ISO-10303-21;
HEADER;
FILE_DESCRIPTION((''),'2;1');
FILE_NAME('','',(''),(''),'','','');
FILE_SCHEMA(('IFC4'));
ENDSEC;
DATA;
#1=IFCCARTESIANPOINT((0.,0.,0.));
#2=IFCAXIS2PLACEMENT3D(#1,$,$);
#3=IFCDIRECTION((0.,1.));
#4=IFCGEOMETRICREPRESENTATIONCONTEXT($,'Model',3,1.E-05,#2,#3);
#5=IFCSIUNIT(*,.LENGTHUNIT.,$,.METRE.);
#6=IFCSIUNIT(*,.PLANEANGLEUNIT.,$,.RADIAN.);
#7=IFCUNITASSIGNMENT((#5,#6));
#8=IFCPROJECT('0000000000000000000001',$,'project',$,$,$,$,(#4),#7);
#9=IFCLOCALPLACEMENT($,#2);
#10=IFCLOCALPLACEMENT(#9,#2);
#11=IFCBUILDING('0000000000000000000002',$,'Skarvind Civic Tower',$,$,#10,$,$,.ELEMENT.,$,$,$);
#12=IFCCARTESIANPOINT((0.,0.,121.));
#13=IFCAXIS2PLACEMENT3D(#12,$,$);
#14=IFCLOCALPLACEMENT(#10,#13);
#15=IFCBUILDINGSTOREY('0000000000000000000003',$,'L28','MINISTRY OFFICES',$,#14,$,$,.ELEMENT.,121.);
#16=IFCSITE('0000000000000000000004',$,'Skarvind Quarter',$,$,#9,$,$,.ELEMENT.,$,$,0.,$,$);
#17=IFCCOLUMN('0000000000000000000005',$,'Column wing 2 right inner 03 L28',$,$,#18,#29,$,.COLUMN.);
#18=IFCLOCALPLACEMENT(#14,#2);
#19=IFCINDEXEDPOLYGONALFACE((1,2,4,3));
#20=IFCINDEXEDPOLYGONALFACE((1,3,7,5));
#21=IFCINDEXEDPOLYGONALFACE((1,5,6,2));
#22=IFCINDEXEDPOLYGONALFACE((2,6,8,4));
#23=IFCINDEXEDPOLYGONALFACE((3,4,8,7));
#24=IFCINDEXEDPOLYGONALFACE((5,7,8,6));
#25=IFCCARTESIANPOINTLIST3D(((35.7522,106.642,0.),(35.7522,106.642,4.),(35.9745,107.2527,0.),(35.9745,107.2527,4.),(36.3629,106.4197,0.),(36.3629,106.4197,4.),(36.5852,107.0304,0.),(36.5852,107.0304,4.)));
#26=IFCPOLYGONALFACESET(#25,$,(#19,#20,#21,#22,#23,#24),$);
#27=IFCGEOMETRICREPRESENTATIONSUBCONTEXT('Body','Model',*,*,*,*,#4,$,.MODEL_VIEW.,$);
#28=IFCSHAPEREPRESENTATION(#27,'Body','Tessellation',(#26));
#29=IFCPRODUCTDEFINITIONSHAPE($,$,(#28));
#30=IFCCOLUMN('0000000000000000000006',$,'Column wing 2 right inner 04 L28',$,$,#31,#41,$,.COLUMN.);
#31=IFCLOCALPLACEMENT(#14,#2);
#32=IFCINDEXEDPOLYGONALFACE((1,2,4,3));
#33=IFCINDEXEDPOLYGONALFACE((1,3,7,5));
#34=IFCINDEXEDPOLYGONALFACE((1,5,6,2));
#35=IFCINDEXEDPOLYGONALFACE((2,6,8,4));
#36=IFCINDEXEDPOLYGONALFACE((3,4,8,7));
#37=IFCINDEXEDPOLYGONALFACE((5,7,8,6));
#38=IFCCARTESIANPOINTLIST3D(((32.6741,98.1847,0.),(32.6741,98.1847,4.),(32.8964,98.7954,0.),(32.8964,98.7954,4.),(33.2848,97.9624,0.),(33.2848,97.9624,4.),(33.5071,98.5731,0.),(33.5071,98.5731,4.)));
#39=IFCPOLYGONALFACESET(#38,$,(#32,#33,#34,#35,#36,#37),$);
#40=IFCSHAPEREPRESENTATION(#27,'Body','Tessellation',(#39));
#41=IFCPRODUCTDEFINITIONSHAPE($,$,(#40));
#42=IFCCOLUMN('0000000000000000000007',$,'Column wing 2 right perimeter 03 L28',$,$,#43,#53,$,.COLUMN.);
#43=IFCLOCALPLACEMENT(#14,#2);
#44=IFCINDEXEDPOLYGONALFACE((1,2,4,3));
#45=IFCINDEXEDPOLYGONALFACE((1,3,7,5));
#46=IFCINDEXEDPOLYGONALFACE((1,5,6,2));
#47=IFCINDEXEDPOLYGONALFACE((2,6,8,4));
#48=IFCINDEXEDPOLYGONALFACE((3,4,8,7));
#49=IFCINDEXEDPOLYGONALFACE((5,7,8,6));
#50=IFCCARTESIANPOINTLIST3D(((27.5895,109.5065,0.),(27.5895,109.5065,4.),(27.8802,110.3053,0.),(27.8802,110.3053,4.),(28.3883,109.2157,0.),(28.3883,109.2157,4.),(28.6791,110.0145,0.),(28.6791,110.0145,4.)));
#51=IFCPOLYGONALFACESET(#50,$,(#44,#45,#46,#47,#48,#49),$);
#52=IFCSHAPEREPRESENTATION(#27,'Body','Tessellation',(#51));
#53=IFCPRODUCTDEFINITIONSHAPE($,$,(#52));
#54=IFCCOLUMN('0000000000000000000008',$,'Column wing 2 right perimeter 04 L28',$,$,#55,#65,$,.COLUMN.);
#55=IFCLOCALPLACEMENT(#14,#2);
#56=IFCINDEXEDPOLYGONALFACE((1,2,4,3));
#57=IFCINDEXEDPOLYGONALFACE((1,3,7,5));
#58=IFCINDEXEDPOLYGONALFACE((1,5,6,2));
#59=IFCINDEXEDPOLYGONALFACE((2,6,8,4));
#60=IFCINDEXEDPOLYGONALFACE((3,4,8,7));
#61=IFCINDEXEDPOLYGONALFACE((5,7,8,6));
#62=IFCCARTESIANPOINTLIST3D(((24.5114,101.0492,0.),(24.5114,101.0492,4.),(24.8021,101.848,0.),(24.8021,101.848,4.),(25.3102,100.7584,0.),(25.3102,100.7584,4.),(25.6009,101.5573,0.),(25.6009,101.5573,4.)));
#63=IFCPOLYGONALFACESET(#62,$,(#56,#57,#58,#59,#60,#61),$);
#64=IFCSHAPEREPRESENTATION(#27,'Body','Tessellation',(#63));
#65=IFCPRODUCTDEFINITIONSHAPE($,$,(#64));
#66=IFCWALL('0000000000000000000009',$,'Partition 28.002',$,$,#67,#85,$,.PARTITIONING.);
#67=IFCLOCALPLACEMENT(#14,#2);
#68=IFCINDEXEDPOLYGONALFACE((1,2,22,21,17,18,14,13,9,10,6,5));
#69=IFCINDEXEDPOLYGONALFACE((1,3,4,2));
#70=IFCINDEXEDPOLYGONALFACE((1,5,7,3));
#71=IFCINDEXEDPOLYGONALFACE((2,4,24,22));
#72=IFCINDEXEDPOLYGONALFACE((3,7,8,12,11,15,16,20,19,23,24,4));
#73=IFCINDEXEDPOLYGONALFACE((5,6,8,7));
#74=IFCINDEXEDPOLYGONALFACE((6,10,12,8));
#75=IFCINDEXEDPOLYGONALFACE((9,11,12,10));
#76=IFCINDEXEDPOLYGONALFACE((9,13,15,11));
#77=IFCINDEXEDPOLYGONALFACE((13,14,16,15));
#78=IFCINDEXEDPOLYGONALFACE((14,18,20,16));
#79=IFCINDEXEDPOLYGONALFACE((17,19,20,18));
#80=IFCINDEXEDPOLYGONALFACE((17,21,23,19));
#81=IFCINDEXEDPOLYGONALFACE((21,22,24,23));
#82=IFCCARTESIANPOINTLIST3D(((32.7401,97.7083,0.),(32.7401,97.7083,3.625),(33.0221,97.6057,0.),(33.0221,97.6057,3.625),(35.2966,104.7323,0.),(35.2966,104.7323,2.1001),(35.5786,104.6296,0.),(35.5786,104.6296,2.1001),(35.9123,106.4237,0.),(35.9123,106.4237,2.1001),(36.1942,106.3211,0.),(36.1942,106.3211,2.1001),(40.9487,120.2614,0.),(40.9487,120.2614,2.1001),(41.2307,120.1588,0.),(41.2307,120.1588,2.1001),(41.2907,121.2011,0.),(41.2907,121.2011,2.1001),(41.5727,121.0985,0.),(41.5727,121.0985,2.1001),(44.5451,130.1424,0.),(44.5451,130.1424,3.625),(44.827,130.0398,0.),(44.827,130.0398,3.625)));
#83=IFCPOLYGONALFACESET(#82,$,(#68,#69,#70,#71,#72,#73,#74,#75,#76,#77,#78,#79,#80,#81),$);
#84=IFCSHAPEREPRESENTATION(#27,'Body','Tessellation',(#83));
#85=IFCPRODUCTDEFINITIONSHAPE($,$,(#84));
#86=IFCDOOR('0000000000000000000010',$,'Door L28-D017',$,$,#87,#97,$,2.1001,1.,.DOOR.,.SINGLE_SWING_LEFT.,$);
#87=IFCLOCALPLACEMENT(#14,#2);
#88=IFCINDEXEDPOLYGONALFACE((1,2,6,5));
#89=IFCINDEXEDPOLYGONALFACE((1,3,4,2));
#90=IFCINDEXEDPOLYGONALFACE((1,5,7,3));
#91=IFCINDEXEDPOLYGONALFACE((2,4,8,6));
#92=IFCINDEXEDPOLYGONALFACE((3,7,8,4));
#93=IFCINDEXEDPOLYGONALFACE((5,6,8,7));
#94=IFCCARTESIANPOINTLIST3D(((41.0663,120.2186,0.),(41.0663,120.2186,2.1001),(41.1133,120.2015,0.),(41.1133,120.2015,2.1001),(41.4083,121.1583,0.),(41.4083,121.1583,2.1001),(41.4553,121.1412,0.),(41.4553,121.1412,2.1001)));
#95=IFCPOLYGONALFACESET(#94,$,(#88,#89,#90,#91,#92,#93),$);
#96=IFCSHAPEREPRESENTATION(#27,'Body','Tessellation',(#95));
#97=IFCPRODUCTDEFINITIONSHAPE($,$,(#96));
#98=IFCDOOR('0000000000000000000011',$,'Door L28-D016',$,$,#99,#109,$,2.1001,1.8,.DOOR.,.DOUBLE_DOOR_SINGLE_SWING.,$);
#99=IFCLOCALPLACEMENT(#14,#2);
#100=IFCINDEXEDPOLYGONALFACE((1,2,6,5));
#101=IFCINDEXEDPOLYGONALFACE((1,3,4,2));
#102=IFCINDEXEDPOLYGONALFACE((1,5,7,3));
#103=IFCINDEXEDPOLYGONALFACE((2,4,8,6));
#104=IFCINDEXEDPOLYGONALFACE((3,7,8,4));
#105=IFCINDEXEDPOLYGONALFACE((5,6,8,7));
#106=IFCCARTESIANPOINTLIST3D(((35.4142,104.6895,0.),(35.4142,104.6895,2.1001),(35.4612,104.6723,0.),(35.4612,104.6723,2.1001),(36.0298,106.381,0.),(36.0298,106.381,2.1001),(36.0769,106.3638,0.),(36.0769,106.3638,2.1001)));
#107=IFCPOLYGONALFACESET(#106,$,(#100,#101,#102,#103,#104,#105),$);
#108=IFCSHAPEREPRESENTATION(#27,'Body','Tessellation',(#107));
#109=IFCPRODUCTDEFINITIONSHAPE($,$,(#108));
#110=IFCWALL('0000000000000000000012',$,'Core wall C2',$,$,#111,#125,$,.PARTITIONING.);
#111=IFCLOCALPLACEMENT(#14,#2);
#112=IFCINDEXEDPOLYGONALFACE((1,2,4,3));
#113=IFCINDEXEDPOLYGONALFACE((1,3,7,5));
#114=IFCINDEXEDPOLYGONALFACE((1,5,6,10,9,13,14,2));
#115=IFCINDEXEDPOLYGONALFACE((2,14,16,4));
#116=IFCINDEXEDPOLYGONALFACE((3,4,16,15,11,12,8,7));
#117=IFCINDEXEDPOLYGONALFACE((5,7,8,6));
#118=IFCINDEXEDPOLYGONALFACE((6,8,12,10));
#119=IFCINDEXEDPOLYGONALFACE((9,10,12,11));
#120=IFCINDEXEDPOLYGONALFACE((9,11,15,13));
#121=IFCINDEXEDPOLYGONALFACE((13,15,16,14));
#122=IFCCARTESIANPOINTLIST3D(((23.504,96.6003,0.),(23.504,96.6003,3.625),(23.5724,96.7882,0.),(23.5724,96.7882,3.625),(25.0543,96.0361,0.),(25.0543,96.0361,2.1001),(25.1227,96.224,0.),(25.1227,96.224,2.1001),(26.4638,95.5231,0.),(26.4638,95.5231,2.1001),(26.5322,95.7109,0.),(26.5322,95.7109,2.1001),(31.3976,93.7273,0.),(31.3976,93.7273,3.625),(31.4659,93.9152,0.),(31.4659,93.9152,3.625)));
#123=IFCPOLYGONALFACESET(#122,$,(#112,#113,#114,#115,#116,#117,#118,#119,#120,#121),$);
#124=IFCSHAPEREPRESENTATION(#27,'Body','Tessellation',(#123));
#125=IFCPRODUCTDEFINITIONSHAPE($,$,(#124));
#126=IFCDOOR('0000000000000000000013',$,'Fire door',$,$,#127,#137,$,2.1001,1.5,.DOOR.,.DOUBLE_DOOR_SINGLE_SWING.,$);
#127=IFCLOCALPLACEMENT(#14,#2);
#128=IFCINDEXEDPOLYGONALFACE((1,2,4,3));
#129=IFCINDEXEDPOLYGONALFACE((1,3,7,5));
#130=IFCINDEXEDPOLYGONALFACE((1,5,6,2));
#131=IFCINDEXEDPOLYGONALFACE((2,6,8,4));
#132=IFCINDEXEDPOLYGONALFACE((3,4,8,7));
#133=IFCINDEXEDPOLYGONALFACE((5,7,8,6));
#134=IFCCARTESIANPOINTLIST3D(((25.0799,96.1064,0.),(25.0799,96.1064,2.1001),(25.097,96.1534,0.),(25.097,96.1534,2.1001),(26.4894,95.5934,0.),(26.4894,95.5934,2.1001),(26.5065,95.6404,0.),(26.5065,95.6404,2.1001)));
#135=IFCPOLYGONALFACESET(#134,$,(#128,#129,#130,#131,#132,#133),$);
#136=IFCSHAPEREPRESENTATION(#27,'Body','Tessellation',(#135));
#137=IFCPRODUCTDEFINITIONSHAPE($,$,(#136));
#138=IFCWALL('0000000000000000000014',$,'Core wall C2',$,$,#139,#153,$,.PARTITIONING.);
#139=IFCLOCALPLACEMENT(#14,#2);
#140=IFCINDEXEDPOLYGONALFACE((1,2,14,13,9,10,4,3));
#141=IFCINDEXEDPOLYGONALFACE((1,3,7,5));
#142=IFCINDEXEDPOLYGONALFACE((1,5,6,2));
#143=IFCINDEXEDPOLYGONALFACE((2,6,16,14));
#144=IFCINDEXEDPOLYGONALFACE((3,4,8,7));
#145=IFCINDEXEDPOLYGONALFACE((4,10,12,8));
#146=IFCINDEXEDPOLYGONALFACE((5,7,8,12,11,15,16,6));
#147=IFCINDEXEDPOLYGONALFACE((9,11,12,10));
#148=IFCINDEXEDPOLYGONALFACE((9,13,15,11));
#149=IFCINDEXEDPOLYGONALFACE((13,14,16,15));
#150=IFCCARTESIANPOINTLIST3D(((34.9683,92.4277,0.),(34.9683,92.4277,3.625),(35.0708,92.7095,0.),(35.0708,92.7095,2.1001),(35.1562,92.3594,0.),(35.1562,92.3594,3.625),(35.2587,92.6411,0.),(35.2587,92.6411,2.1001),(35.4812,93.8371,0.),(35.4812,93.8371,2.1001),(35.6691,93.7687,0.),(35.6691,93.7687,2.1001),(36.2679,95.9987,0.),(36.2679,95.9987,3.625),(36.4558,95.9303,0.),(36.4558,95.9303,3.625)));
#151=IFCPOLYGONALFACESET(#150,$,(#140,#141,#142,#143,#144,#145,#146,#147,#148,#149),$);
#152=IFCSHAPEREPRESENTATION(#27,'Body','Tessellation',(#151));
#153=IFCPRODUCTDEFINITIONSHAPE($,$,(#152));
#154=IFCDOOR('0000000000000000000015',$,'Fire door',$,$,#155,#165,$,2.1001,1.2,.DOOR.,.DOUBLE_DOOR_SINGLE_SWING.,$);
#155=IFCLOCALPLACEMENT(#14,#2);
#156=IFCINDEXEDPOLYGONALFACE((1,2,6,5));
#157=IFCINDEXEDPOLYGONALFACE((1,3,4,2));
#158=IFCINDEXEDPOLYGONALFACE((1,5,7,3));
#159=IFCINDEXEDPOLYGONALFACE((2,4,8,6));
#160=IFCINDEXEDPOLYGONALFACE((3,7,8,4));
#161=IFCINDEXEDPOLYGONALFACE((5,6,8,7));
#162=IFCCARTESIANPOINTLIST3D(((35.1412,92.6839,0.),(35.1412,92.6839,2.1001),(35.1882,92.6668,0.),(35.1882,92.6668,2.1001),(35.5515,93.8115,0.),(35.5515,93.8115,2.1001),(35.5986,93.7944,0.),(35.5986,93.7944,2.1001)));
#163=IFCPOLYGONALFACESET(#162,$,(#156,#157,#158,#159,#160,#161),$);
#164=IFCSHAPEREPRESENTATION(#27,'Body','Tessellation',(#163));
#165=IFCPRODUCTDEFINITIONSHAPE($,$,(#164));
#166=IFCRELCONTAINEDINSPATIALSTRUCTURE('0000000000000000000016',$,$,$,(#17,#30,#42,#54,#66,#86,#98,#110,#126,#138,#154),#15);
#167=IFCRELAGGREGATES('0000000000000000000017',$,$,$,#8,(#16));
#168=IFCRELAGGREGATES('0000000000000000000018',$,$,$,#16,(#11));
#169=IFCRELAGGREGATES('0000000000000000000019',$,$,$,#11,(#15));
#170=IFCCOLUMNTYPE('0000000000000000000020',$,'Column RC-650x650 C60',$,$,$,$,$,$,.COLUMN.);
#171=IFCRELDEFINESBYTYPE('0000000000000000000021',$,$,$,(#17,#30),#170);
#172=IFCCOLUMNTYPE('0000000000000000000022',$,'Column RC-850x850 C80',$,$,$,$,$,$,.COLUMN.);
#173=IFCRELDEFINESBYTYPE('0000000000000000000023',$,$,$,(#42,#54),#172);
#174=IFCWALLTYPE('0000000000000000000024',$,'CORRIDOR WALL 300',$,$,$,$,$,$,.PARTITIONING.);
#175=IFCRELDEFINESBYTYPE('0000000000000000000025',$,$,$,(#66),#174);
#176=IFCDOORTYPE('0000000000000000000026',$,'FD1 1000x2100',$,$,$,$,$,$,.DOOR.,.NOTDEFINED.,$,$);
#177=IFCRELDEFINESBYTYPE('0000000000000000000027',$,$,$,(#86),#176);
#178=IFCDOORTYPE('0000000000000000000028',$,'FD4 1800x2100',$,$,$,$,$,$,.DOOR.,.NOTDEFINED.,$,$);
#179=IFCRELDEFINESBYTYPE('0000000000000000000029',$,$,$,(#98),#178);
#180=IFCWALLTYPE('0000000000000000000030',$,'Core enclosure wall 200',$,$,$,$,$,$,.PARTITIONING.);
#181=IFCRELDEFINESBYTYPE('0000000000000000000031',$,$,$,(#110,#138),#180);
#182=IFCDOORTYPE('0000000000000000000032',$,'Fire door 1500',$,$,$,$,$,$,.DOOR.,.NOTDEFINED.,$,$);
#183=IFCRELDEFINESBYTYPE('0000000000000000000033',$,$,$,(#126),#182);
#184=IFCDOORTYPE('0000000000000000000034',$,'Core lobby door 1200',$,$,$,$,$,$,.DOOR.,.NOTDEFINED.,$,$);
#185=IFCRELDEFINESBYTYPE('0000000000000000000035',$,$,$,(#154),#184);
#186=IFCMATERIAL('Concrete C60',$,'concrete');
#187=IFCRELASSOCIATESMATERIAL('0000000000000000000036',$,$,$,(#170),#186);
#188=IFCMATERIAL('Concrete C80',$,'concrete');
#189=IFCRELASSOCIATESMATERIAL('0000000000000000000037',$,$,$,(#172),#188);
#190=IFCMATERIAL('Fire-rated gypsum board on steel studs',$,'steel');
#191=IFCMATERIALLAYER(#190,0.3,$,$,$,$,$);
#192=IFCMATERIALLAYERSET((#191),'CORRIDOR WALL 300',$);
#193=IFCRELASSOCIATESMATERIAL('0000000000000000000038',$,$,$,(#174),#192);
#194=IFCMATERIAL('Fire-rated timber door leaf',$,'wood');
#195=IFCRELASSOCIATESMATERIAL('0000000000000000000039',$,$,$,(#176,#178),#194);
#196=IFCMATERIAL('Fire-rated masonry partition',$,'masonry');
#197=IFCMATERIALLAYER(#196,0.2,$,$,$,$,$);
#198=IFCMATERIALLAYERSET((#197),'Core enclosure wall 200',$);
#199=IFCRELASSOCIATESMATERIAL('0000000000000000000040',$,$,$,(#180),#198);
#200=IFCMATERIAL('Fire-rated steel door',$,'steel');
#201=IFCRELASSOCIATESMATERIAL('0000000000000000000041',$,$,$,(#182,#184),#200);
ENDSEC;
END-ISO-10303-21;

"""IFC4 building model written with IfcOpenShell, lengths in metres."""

from ifc_helpers import new_model, si_unit, direction, frame, frame_2d, origin, origin_2d, place, context, subcontext, project, spatial, rectangle, extrude, material, layer, layer_set, material_profile, profile_set, type_object, element, fill, save


model = new_model("IFC4")

# Units and contexts
model_context = context("Model", 3, precision=1e-05, world=origin(), true_north=direction((0.0, 1.0)))
body_context = subcontext(model_context, "Body", "Model", "MODEL_VIEW")
ifc_project = project(units=[si_unit("LENGTHUNIT", "METRE"), si_unit("PLANEANGLEUNIT", "RADIAN")], contexts=[model_context])

# Site, building, storey
site_placement = place(None, origin())
site = spatial("IfcSite", under=ifc_project, at=site_placement, Name="Skarvind Quarter", CompositionType="ELEMENT", RefElevation=0.0)
building_placement = place(site_placement, origin())
building = spatial("IfcBuilding", under=site, at=building_placement, Name="Skarvind Civic Tower", CompositionType="ELEMENT")
storey_placement = place(building_placement, frame((0.0, 0.0, 121.0)))
storey = spatial("IfcBuildingStorey", under=building, at=storey_placement, Name="L28", Description="MINISTRY OFFICES", CompositionType="ELEMENT", Elevation=121.0)

# Columns
ifc_material_1 = material(Name="Concrete C60", Category="concrete")
ifc_material_profile_1 = material_profile(ifc_material_1, rectangle(XDim=0.6499, YDim=0.6499, at=origin_2d()), Name="RC-650x650")
ifc_profile_set_1 = profile_set([ifc_material_profile_1], Name="Concrete C60")
column_type_1 = type_object("IfcColumnType", Name="Column RC-650x650 C60", PredefinedType="COLUMN", material=ifc_profile_set_1)
for number, where, z_axis, x_axis, name in (
    (1, (36.1687, 106.8362, 0.0), (0.0, 0.0, 1.0), (-0.34202, -0.939693, 0.0), "Column wing 2 right inner 03 L28"),
    (2, (33.0906, 98.3789, 0.0), (0.0, 0.0, 1.0), (-0.34202, -0.939693, 0.0), "Column wing 2 right inner 04 L28"),
):
    element("IfcColumn", number, at=place(storey_placement, frame(where, z_axis=z_axis, x_axis=x_axis)), inside=storey, type_object=column_type_1, Name=name, PredefinedType="COLUMN", context=body_context, shape_type="SweptSolid", body=[
        extrude(rectangle(XDim=0.6499, YDim=0.6499, at=origin_2d()), origin(), (0.0, 0.0, 1.0), 4.0),
    ])
ifc_material_2 = material(Name="Concrete C80", Category="concrete")
ifc_material_profile_2 = material_profile(ifc_material_2, rectangle(XDim=0.8501, YDim=0.8501, at=origin_2d()), Name="RC-850x850")
ifc_profile_set_2 = profile_set([ifc_material_profile_2], Name="Concrete C80")
column_type_2 = type_object("IfcColumnType", Name="Column RC-850x850 C80", PredefinedType="COLUMN", material=ifc_profile_set_2)
for number, where, z_axis, x_axis, name in (
    (3, (28.1343, 109.7605, 0.0), (0.0, 0.0, 1.0), (-0.34202, -0.939693, 0.0), "Column wing 2 right perimeter 03 L28"),
    (4, (25.0562, 101.3032, 0.0), (0.0, 0.0, 1.0), (-0.34202, -0.939693, 0.0), "Column wing 2 right perimeter 04 L28"),
):
    element("IfcColumn", number, at=place(storey_placement, frame(where, z_axis=z_axis, x_axis=x_axis)), inside=storey, type_object=column_type_2, Name=name, PredefinedType="COLUMN", context=body_context, shape_type="SweptSolid", body=[
        extrude(rectangle(XDim=0.8501, YDim=0.8501, at=origin_2d()), origin(), (0.0, 0.0, 1.0), 4.0),
    ])

# Wall, openings, doors
ifc_material_3 = material(Name="Fire-rated gypsum board on steel studs", Category="steel")
ifc_layer_1 = layer(ifc_material_3, 0.3)
ifc_layer_set_1 = layer_set([ifc_layer_1], Name="CORRIDOR WALL 300")
wall_type_1 = type_object("IfcWallType", Name="CORRIDOR WALL 300", PredefinedType="PARTITIONING", material=ifc_layer_set_1)
wall_1_placement = place(storey_placement, frame((32.8811, 97.657, 0.0), z_axis=(0.0, 0.0, 1.0), x_axis=(0.342017, 0.939694, 0.0)))
wall_1 = element("IfcWall", 5, at=wall_1_placement, inside=storey, type_object=wall_type_1, Name="Partition 28.002", PredefinedType="PARTITIONING", context=body_context, shape_type="SweptSolid", body=[
    extrude(rectangle(XDim=34.5156, YDim=0.3, at=frame_2d((17.2578, 0.0))), origin(), (0.0, 0.0, 1.0), 3.625),
])
opening_1_placement = place(wall_1_placement, frame((7.4749, 0.0, 0.0)))
opening_1 = element("IfcOpeningElement", 6, at=opening_1_placement, cuts=wall_1, PredefinedType="OPENING", context=body_context, shape_type="SweptSolid", body=[
    extrude(rectangle(XDim=1.8, YDim=2.1001, at=frame_2d((0.8999, 1.05))), frame((0.0, 0.1599, 0.0), z_axis=(0.0, -1.0, 0.0), x_axis=(1.0, 0.0, 0.0)), (0.0, 0.0, 1.0), 0.3201),
])
opening_2_placement = place(wall_1_placement, frame((24.0005, 0.0, 0.0)))
opening_2 = element("IfcOpeningElement", 7, at=opening_2_placement, cuts=wall_1, PredefinedType="OPENING", context=body_context, shape_type="SweptSolid", body=[
    extrude(rectangle(XDim=1.0, YDim=2.1001, at=frame_2d((0.5, 1.05))), frame((0.0, 0.1599, 0.0), z_axis=(0.0, -1.0, 0.0), x_axis=(1.0, 0.0, 0.0)), (0.0, 0.0, 1.0), 0.3201),
])
ifc_material_4 = material(Name="Fire-rated timber door leaf", Category="wood")
door_type_1 = type_object("IfcDoorType", Name="FD1 1000x2100", OperationType="NOTDEFINED", PredefinedType="DOOR", material=ifc_material_4)
door_1_placement = place(opening_2_placement, origin())
door_1 = element("IfcDoor", 8, at=door_1_placement, inside=storey, type_object=door_type_1, Name="Door L28-D017", OperationType="SINGLE_SWING_LEFT", OverallHeight=2.1001, OverallWidth=1.0, PredefinedType="DOOR", context=body_context, shape_type="SweptSolid", body=[
    extrude(rectangle(XDim=1.0, YDim=2.1001, at=frame_2d((0.5, 1.05))), frame((0.0, 0.0249, 0.0), z_axis=(0.0, -1.0, 0.0), x_axis=(1.0, 0.0, 0.0)), (0.0, 0.0, 1.0), 0.05),
])
fill(opening_2, door_1)
door_type_2 = type_object("IfcDoorType", Name="FD4 1800x2100", OperationType="NOTDEFINED", PredefinedType="DOOR", material=ifc_material_4)
door_2_placement = place(opening_1_placement, origin())
door_2 = element("IfcDoor", 9, at=door_2_placement, inside=storey, type_object=door_type_2, Name="Door L28-D016", OperationType="DOUBLE_DOOR_SINGLE_SWING", OverallHeight=2.1001, OverallWidth=1.8, PredefinedType="DOOR", context=body_context, shape_type="SweptSolid", body=[
    extrude(rectangle(XDim=1.8, YDim=2.1001, at=frame_2d((0.8999, 1.05))), frame((0.0, 0.0249, 0.0), z_axis=(0.0, -1.0, 0.0), x_axis=(1.0, 0.0, 0.0)), (0.0, 0.0, 1.0), 0.05),
])
fill(opening_1, door_2)

# Walls, openings, doors
ifc_material_5 = material(Name="Fire-rated masonry partition", Category="masonry")
ifc_layer_2 = layer(ifc_material_5, 0.2)
ifc_layer_set_2 = layer_set([ifc_layer_2], Name="Core enclosure wall 200")
wall_type_2 = type_object("IfcWallType", Name="Core enclosure wall 200", PredefinedType="PARTITIONING", material=ifc_layer_set_2)
wall_2_placement = place(storey_placement, frame((23.5381, 96.6943, 0.0), z_axis=(0.0, 0.0, 1.0), x_axis=(0.939692, -0.342023, 0.0)))
wall_2 = element("IfcWall", 10, at=wall_2_placement, inside=storey, type_object=wall_type_2, Name="Core wall C2", PredefinedType="PARTITIONING", context=body_context, shape_type="SweptSolid", body=[
    extrude(rectangle(XDim=8.4001, YDim=0.2, at=frame_2d((4.2002, 0.0))), origin(), (0.0, 0.0, 1.0), 3.625),
])
opening_3_placement = place(wall_2_placement, frame((1.6499, 0.0, 0.0)))
opening_3 = element("IfcOpeningElement", 11, at=opening_3_placement, cuts=wall_2, PredefinedType="OPENING", context=body_context, shape_type="SweptSolid", body=[
    extrude(rectangle(XDim=1.5, YDim=2.1001, at=frame_2d((0.75, 1.05))), frame((0.0, 0.1099, 0.0), z_axis=(0.0, -1.0, 0.0), x_axis=(1.0, 0.0, 0.0)), (0.0, 0.0, 1.0), 0.22),
])
ifc_material_6 = material(Name="Fire-rated steel door", Category="steel")
door_type_3 = type_object("IfcDoorType", Name="Fire door 1500", OperationType="NOTDEFINED", PredefinedType="DOOR", material=ifc_material_6)
door_3_placement = place(opening_3_placement, origin())
door_3 = element("IfcDoor", 12, at=door_3_placement, inside=storey, type_object=door_type_3, Name="Fire door", OperationType="DOUBLE_DOOR_SINGLE_SWING", OverallHeight=2.1001, OverallWidth=1.5, PredefinedType="DOOR", context=body_context, shape_type="SweptSolid", body=[
    extrude(rectangle(XDim=1.5, YDim=2.1001, at=frame_2d((0.75, 1.05))), frame((0.0, 0.0249, 0.0), z_axis=(0.0, -1.0, 0.0), x_axis=(1.0, 0.0, 0.0)), (0.0, 0.0, 1.0), 0.05),
])
fill(opening_3, door_3)
wall_3_placement = place(storey_placement, frame((36.3618, 95.9644, 0.0), z_axis=(0.0, 0.0, 1.0), x_axis=(-0.341996, -0.939701, 0.0)))
wall_3 = element("IfcWall", 13, at=wall_3_placement, inside=storey, type_object=wall_type_2, Name="Core wall C2", PredefinedType="PARTITIONING", context=body_context, shape_type="SweptSolid", body=[
    extrude(rectangle(XDim=3.8, YDim=0.2, at=frame_2d((1.8999, 0.0))), origin(), (0.0, 0.0, 1.0), 3.625),
])
opening_4_placement = place(wall_3_placement, frame((2.3, 0.0, 0.0)))
opening_4 = element("IfcOpeningElement", 14, at=opening_4_placement, cuts=wall_3, PredefinedType="OPENING", context=body_context, shape_type="SweptSolid", body=[
    extrude(rectangle(XDim=1.2, YDim=2.1001, at=frame_2d((0.6001, 1.05))), frame((0.0, 0.1099, 0.0), z_axis=(0.0, -1.0, 0.0), x_axis=(1.0, 0.0, 0.0)), (0.0, 0.0, 1.0), 0.22),
])
door_type_4 = type_object("IfcDoorType", Name="Core lobby door 1200", OperationType="NOTDEFINED", PredefinedType="DOOR", material=ifc_material_6)
door_4_placement = place(opening_4_placement, origin())
door_4 = element("IfcDoor", 15, at=door_4_placement, inside=storey, type_object=door_type_4, Name="Fire door", OperationType="DOUBLE_DOOR_SINGLE_SWING", OverallHeight=2.1001, OverallWidth=1.2, PredefinedType="DOOR", context=body_context, shape_type="SweptSolid", body=[
    extrude(rectangle(XDim=1.2, YDim=2.1001, at=frame_2d((0.6001, 1.05))), frame((0.0, 0.0249, 0.0), z_axis=(0.0, -1.0, 0.0), x_axis=(1.0, 0.0, 0.0)), (0.0, 0.0, 1.0), 0.05),
])
fill(opening_4, door_4)

save(model, "model.ifc")
